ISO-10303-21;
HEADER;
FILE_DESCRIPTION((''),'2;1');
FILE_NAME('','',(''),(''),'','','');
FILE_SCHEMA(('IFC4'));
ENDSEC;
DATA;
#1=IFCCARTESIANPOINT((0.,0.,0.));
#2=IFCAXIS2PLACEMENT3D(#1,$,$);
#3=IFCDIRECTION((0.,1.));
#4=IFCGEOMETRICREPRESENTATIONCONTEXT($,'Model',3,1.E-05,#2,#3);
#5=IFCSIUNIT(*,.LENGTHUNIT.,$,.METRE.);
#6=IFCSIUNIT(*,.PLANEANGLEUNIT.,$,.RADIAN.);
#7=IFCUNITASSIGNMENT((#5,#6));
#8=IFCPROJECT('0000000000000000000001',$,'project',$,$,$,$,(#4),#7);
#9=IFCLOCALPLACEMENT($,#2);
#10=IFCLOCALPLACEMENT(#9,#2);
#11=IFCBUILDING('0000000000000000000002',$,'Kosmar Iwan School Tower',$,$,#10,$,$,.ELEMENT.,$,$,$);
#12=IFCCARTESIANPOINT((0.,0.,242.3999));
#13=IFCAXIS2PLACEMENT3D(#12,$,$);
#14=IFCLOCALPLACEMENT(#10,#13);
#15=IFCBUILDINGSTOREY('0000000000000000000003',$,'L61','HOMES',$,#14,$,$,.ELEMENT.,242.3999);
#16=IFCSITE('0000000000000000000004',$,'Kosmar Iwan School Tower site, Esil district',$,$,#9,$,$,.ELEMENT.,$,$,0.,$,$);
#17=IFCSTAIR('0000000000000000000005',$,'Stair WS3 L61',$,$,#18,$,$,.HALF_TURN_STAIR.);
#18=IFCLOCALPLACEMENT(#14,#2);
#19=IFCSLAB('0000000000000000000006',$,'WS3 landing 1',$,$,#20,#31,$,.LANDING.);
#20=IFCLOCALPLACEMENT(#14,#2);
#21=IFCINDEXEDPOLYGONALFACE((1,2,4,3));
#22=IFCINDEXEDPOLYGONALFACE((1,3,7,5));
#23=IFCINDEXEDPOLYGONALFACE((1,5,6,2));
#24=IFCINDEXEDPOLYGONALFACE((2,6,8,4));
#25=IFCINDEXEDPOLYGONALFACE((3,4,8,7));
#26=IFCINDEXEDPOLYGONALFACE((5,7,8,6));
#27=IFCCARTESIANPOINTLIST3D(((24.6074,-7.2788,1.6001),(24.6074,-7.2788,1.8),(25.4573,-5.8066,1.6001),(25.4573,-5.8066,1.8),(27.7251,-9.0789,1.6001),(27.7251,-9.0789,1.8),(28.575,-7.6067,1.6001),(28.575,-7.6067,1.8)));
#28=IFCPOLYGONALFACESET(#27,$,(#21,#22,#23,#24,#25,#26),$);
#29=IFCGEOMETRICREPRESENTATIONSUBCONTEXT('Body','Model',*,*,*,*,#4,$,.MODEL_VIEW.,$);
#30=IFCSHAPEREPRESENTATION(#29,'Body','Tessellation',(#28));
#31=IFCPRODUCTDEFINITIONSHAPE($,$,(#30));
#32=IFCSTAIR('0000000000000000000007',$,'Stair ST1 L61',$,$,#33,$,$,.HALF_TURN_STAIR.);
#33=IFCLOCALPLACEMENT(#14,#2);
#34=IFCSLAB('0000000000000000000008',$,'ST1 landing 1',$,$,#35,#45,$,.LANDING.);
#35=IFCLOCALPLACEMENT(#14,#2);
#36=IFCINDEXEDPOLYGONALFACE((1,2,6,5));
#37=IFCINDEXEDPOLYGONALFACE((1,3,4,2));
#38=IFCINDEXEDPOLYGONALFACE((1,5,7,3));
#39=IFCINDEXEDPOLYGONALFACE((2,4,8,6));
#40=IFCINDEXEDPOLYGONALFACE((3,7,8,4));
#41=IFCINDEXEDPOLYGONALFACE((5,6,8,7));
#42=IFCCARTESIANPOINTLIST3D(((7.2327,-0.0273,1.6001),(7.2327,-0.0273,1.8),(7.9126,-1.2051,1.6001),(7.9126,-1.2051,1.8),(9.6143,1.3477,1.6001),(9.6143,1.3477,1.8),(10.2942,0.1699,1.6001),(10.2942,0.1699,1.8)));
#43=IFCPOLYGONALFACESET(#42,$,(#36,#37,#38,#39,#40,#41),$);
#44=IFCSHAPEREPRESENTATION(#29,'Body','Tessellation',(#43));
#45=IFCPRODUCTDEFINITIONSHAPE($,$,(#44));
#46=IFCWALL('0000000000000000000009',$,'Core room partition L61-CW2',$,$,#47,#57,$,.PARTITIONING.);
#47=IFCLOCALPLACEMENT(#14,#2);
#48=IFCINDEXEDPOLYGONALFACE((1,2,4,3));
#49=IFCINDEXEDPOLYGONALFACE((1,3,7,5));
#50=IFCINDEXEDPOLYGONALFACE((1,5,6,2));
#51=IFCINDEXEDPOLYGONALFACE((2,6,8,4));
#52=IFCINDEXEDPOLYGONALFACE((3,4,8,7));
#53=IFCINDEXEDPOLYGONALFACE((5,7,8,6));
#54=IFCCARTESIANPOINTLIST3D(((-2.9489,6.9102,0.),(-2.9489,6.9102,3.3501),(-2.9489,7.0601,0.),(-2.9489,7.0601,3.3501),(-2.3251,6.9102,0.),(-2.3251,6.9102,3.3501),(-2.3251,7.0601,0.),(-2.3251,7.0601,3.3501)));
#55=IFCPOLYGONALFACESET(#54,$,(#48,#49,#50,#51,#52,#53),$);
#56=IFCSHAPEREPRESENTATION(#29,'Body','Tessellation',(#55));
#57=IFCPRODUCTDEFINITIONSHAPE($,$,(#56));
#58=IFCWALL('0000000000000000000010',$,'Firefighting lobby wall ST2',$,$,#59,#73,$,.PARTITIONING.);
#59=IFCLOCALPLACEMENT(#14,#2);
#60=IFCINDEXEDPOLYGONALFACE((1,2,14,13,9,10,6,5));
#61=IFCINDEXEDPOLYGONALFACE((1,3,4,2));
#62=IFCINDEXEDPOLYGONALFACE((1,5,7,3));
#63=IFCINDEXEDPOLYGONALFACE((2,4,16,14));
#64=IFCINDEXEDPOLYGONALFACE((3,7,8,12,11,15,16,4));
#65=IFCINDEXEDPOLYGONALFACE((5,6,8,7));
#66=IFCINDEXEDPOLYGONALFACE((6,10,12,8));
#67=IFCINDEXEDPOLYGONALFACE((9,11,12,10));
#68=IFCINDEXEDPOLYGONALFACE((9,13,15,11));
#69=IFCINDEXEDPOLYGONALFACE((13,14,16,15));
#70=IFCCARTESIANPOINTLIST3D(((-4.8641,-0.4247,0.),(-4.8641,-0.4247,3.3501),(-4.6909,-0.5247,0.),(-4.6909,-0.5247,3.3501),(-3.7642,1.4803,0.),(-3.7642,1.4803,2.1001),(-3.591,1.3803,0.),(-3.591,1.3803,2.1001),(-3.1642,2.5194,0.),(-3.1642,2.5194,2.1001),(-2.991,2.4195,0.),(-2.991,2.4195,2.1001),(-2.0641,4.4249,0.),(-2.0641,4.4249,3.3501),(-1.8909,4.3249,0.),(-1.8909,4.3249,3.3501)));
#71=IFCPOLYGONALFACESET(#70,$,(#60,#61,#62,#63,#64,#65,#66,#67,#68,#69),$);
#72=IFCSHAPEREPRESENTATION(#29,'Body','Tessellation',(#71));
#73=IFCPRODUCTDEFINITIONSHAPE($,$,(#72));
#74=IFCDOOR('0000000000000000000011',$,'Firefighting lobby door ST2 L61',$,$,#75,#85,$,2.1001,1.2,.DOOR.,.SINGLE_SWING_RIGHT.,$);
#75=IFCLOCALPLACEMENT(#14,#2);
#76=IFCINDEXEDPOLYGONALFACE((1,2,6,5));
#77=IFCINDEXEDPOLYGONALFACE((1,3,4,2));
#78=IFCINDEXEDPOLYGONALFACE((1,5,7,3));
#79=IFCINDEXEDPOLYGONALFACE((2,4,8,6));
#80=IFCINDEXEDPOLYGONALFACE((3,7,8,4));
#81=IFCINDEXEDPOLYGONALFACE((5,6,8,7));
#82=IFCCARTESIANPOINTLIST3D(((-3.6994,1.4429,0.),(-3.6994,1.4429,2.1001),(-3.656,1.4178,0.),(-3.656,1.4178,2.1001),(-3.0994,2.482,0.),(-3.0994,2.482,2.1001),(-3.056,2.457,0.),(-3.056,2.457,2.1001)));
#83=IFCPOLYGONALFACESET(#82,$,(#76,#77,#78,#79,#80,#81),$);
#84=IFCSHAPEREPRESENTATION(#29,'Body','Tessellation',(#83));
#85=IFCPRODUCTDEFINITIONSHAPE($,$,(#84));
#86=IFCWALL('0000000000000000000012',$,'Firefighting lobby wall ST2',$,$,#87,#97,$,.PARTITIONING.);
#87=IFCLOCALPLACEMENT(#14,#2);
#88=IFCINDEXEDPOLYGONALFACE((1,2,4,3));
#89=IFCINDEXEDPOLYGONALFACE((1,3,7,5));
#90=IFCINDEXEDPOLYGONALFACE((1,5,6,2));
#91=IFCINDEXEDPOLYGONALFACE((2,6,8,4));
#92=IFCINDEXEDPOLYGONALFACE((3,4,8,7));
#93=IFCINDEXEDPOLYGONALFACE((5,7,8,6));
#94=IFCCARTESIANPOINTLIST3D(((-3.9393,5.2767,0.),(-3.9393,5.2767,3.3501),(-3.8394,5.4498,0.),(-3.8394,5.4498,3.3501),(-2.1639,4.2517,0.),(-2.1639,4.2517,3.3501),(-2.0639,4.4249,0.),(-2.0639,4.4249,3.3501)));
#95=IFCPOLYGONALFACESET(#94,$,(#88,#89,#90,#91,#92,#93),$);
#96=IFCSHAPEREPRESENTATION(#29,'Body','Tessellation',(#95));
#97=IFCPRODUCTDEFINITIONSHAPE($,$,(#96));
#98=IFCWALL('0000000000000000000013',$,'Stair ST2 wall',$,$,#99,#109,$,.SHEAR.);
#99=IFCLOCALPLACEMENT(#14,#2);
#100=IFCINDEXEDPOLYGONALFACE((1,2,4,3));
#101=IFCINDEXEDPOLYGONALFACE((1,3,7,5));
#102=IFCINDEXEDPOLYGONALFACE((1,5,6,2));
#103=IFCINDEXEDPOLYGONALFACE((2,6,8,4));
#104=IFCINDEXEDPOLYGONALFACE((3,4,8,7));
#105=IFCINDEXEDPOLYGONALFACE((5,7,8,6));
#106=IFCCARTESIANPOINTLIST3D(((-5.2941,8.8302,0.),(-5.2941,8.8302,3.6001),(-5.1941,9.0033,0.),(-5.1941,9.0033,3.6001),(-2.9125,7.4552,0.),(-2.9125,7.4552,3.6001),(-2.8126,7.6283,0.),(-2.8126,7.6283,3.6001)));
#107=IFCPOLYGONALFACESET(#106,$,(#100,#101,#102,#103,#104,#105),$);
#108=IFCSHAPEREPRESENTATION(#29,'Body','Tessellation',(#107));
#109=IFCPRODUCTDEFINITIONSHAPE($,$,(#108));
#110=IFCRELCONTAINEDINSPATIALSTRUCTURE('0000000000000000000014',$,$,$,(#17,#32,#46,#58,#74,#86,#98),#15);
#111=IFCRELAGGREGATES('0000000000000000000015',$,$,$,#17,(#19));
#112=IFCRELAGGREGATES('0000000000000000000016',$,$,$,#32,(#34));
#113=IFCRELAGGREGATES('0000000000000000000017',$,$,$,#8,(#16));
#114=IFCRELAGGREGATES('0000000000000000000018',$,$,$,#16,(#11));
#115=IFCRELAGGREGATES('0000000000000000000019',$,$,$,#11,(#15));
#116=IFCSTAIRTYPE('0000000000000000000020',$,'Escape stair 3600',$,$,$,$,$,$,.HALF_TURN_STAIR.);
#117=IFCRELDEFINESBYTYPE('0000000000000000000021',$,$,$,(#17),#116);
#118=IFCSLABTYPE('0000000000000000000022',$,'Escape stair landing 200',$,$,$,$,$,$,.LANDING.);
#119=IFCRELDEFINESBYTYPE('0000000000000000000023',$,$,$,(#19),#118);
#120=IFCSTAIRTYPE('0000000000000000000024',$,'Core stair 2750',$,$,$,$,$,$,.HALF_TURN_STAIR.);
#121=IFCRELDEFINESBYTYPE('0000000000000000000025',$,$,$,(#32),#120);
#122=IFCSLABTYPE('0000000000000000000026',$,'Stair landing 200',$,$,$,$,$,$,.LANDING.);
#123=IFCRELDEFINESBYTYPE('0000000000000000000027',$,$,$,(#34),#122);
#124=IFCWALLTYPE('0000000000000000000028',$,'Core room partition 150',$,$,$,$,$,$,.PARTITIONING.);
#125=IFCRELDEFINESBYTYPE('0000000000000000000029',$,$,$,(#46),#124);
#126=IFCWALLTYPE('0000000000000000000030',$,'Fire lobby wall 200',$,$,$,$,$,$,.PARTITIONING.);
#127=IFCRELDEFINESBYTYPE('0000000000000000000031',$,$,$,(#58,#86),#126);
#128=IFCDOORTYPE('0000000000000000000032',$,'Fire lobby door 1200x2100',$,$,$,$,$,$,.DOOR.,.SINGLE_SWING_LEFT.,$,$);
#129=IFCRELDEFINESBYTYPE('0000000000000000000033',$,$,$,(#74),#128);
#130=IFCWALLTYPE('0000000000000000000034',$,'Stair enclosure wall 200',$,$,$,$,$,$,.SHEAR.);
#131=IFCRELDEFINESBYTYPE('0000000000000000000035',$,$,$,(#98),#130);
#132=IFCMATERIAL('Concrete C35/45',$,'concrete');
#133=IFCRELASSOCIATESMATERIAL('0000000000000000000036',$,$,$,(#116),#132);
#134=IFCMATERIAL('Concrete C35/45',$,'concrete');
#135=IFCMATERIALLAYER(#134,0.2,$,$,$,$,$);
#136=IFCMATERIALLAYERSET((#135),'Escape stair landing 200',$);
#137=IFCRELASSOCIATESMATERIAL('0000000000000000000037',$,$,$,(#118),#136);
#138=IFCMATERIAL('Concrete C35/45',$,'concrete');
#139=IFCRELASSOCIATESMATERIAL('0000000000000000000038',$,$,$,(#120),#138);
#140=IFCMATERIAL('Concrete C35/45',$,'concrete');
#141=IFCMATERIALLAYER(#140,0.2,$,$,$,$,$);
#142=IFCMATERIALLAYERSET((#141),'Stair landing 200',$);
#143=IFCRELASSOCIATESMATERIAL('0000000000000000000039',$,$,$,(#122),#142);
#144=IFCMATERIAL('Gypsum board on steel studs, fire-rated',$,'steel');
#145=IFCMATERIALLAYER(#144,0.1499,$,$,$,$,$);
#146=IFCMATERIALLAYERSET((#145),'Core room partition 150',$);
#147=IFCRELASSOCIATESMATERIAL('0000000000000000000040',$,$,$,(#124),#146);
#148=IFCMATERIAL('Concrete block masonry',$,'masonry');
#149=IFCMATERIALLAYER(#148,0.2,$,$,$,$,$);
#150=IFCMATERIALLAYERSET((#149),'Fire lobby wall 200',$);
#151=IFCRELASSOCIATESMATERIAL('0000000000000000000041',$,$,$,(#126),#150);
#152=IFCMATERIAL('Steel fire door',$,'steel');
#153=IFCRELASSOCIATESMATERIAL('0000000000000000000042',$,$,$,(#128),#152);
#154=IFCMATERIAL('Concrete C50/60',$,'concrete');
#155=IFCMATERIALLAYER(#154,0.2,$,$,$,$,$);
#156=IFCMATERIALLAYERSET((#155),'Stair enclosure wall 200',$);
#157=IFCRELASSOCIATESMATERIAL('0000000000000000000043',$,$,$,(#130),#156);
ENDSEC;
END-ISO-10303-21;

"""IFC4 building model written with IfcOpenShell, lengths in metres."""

from ifc_helpers import new_model, si_unit, direction, frame, frame_2d, origin, place, context, subcontext, project, spatial, polyline, rectangle, outline, extrude, material, layer, layer_set, type_object, element, fill, aggregate, save


model = new_model("IFC4")

# Units and contexts
model_context = context("Model", 3, precision=1e-05, world=origin(), true_north=direction((0.0, 1.0)))
body_context = subcontext(model_context, "Body", "Model", "MODEL_VIEW")
ifc_project = project(units=[si_unit("LENGTHUNIT", "METRE"), si_unit("PLANEANGLEUNIT", "RADIAN")], contexts=[model_context])

# Site, building, storey
site_placement = place(None, origin())
site = spatial("IfcSite", under=ifc_project, at=site_placement, Name="Kosmar Iwan School Tower site, Esil district", CompositionType="ELEMENT", RefElevation=0.0)
building_placement = place(site_placement, origin())
building = spatial("IfcBuilding", under=site, at=building_placement, Name="Kosmar Iwan School Tower", CompositionType="ELEMENT")
storey_placement = place(building_placement, frame((0.0, 0.0, 242.3999)))
storey = spatial("IfcBuildingStorey", under=building, at=storey_placement, Name="L61", Description="HOMES", CompositionType="ELEMENT", Elevation=242.3999)

# Stairs, slabs
ifc_material_1 = material(Name="Concrete C35/45", Category="concrete")
stair_type_1 = type_object("IfcStairType", Name="Escape stair 3600", PredefinedType="HALF_TURN_STAIR", material=ifc_material_1)
stair_1_placement = place(storey_placement, origin())
stair_1 = element("IfcStair", 1, at=stair_1_placement, inside=storey, type_object=stair_type_1, Name="Stair WS3 L61", PredefinedType="HALF_TURN_STAIR")
ifc_material_2 = material(Name="Concrete C35/45", Category="concrete")
ifc_layer_1 = layer(ifc_material_2, 0.2)
ifc_layer_set_1 = layer_set([ifc_layer_1], Name="Escape stair landing 200")
slab_type_1 = type_object("IfcSlabType", Name="Escape stair landing 200", PredefinedType="LANDING", material=ifc_layer_set_1)
slab_1_placement = place(storey_placement, frame((0.0, 0.0, 1.6001)))
slab_1 = element("IfcSlab", 2, at=slab_1_placement, type_object=slab_type_1, Name="WS3 landing 1", PredefinedType="LANDING", context=body_context, shape_type="SweptSolid", body=[
    extrude(outline(polyline([(24.6074, -7.2788), (27.7251, -9.0789), (28.575, -7.6067), (25.4573, -5.8066), (24.6074, -7.2788)])), origin(), (0.0, 0.0, 1.0), 0.2),
])
aggregate(stair_1, [slab_1])
ifc_material_3 = material(Name="Concrete C35/45", Category="concrete")
stair_type_2 = type_object("IfcStairType", Name="Core stair 2750", PredefinedType="HALF_TURN_STAIR", material=ifc_material_3)
stair_2_placement = place(storey_placement, origin())
stair_2 = element("IfcStair", 3, at=stair_2_placement, inside=storey, type_object=stair_type_2, Name="Stair ST1 L61", PredefinedType="HALF_TURN_STAIR")
ifc_material_4 = material(Name="Concrete C35/45", Category="concrete")
ifc_layer_2 = layer(ifc_material_4, 0.2)
ifc_layer_set_2 = layer_set([ifc_layer_2], Name="Stair landing 200")
slab_type_2 = type_object("IfcSlabType", Name="Stair landing 200", PredefinedType="LANDING", material=ifc_layer_set_2)
slab_2_placement = place(storey_placement, frame((0.0, 0.0, 1.6001)))
slab_2 = element("IfcSlab", 4, at=slab_2_placement, type_object=slab_type_2, Name="ST1 landing 1", PredefinedType="LANDING", context=body_context, shape_type="SweptSolid", body=[
    extrude(outline(polyline([(7.9126, -1.2051), (10.2942, 0.1699), (9.6143, 1.3477), (7.2327, -0.0273), (7.9126, -1.2051)])), origin(), (0.0, 0.0, 1.0), 0.2),
])
aggregate(stair_2, [slab_2])

# Wall
ifc_material_5 = material(Name="Gypsum board on steel studs, fire-rated", Category="steel")
ifc_layer_3 = layer(ifc_material_5, 0.1499)
ifc_layer_set_3 = layer_set([ifc_layer_3], Name="Core room partition 150")
wall_type_1 = type_object("IfcWallType", Name="Core room partition 150", PredefinedType="PARTITIONING", material=ifc_layer_set_3)
wall_1_placement = place(storey_placement, frame((-2.325, 6.9851, 0.0), z_axis=(0.0, 0.0, 1.0), x_axis=(-1.0, 0.0, 0.0)))
element("IfcWall", 5, at=wall_1_placement, inside=storey, type_object=wall_type_1, Name="Core room partition L61-CW2", PredefinedType="PARTITIONING", context=body_context, shape_type="SweptSolid", body=[
    extrude(rectangle(XDim=0.6238, YDim=0.1499, at=frame_2d((0.312, 0.0))), origin(), (0.0, 0.0, 1.0), 3.3501),
])

# Wall, opening, door
ifc_material_6 = material(Name="Concrete block masonry", Category="masonry")
ifc_layer_4 = layer(ifc_material_6, 0.2)
ifc_layer_set_4 = layer_set([ifc_layer_4], Name="Fire lobby wall 200")
wall_type_2 = type_object("IfcWallType", Name="Fire lobby wall 200", PredefinedType="PARTITIONING", material=ifc_layer_set_4)
wall_2_placement = place(storey_placement, frame((-1.9775, 4.3748, 0.0), z_axis=(0.0, 0.0, 1.0), x_axis=(-0.500017, -0.866016, 0.0)))
wall_2 = element("IfcWall", 6, at=wall_2_placement, inside=storey, type_object=wall_type_2, Name="Firefighting lobby wall ST2", PredefinedType="PARTITIONING", context=body_context, shape_type="SweptSolid", body=[
    extrude(rectangle(XDim=5.5999, YDim=0.2, at=frame_2d((2.7998, 0.0))), origin(), (0.0, 0.0, 1.0), 3.3501),
])
opening_placement = place(wall_2_placement, frame((2.2, 0.0, 0.0)))
opening = element("IfcOpeningElement", 7, at=opening_placement, cuts=wall_2, PredefinedType="OPENING", context=body_context, shape_type="SweptSolid", body=[
    extrude(rectangle(XDim=1.2, YDim=2.1001, at=frame_2d((0.6001, 1.05))), frame((0.0, 0.1121, 0.0), z_axis=(0.0, -1.0, 0.0), x_axis=(1.0, 0.0, 0.0)), (0.0, 0.0, 1.0), 0.2239),
])
ifc_material_7 = material(Name="Steel fire door", Category="steel")
door_type = type_object("IfcDoorType", Name="Fire lobby door 1200x2100", OperationType="SINGLE_SWING_LEFT", PredefinedType="DOOR", material=ifc_material_7)
door_placement = place(opening_placement, origin())
door = element("IfcDoor", 8, at=door_placement, inside=storey, type_object=door_type, Name="Firefighting lobby door ST2 L61", OperationType="SINGLE_SWING_RIGHT", OverallHeight=2.1001, OverallWidth=1.2, PredefinedType="DOOR", context=body_context, shape_type="SweptSolid", body=[
    extrude(rectangle(XDim=1.2, YDim=2.1001, at=frame_2d((0.6001, 1.05))), frame((0.0, 0.0249, 0.0), z_axis=(0.0, -1.0, 0.0), x_axis=(1.0, 0.0, 0.0)), (0.0, 0.0, 1.0), 0.05),
])
fill(opening, door)

# Walls
wall_3_placement = place(storey_placement, frame((-2.114, 4.3384, 0.0), z_axis=(0.0, 0.0, 1.0), x_axis=(-0.866051, 0.499956, 0.0)))
element("IfcWall", 9, at=wall_3_placement, inside=storey, type_object=wall_type_2, Name="Firefighting lobby wall ST2", PredefinedType="PARTITIONING", context=body_context, shape_type="SweptSolid", body=[
    extrude(rectangle(XDim=2.05, YDim=0.2, at=frame_2d((1.0249, 0.0))), origin(), (0.0, 0.0, 1.0), 3.3501),
])
ifc_material_8 = material(Name="Concrete C50/60", Category="concrete")
ifc_layer_5 = layer(ifc_material_8, 0.2)
ifc_layer_set_5 = layer_set([ifc_layer_5], Name="Stair enclosure wall 200")
wall_type_3 = type_object("IfcWallType", Name="Stair enclosure wall 200", PredefinedType="SHEAR", material=ifc_layer_set_5)
wall_4_placement = place(storey_placement, frame((-2.8625, 7.5417, 0.0), z_axis=(0.0, 0.0, 1.0), x_axis=(-0.866027, 0.499997, 0.0)))
element("IfcWall", 10, at=wall_4_placement, inside=storey, type_object=wall_type_3, Name="Stair ST2 wall", PredefinedType="SHEAR", context=body_context, shape_type="SweptSolid", body=[
    extrude(rectangle(XDim=2.75, YDim=0.2, at=frame_2d((1.375, 0.0))), origin(), (0.0, 0.0, 1.0), 3.6001),
])

save(model, "model.ifc")
